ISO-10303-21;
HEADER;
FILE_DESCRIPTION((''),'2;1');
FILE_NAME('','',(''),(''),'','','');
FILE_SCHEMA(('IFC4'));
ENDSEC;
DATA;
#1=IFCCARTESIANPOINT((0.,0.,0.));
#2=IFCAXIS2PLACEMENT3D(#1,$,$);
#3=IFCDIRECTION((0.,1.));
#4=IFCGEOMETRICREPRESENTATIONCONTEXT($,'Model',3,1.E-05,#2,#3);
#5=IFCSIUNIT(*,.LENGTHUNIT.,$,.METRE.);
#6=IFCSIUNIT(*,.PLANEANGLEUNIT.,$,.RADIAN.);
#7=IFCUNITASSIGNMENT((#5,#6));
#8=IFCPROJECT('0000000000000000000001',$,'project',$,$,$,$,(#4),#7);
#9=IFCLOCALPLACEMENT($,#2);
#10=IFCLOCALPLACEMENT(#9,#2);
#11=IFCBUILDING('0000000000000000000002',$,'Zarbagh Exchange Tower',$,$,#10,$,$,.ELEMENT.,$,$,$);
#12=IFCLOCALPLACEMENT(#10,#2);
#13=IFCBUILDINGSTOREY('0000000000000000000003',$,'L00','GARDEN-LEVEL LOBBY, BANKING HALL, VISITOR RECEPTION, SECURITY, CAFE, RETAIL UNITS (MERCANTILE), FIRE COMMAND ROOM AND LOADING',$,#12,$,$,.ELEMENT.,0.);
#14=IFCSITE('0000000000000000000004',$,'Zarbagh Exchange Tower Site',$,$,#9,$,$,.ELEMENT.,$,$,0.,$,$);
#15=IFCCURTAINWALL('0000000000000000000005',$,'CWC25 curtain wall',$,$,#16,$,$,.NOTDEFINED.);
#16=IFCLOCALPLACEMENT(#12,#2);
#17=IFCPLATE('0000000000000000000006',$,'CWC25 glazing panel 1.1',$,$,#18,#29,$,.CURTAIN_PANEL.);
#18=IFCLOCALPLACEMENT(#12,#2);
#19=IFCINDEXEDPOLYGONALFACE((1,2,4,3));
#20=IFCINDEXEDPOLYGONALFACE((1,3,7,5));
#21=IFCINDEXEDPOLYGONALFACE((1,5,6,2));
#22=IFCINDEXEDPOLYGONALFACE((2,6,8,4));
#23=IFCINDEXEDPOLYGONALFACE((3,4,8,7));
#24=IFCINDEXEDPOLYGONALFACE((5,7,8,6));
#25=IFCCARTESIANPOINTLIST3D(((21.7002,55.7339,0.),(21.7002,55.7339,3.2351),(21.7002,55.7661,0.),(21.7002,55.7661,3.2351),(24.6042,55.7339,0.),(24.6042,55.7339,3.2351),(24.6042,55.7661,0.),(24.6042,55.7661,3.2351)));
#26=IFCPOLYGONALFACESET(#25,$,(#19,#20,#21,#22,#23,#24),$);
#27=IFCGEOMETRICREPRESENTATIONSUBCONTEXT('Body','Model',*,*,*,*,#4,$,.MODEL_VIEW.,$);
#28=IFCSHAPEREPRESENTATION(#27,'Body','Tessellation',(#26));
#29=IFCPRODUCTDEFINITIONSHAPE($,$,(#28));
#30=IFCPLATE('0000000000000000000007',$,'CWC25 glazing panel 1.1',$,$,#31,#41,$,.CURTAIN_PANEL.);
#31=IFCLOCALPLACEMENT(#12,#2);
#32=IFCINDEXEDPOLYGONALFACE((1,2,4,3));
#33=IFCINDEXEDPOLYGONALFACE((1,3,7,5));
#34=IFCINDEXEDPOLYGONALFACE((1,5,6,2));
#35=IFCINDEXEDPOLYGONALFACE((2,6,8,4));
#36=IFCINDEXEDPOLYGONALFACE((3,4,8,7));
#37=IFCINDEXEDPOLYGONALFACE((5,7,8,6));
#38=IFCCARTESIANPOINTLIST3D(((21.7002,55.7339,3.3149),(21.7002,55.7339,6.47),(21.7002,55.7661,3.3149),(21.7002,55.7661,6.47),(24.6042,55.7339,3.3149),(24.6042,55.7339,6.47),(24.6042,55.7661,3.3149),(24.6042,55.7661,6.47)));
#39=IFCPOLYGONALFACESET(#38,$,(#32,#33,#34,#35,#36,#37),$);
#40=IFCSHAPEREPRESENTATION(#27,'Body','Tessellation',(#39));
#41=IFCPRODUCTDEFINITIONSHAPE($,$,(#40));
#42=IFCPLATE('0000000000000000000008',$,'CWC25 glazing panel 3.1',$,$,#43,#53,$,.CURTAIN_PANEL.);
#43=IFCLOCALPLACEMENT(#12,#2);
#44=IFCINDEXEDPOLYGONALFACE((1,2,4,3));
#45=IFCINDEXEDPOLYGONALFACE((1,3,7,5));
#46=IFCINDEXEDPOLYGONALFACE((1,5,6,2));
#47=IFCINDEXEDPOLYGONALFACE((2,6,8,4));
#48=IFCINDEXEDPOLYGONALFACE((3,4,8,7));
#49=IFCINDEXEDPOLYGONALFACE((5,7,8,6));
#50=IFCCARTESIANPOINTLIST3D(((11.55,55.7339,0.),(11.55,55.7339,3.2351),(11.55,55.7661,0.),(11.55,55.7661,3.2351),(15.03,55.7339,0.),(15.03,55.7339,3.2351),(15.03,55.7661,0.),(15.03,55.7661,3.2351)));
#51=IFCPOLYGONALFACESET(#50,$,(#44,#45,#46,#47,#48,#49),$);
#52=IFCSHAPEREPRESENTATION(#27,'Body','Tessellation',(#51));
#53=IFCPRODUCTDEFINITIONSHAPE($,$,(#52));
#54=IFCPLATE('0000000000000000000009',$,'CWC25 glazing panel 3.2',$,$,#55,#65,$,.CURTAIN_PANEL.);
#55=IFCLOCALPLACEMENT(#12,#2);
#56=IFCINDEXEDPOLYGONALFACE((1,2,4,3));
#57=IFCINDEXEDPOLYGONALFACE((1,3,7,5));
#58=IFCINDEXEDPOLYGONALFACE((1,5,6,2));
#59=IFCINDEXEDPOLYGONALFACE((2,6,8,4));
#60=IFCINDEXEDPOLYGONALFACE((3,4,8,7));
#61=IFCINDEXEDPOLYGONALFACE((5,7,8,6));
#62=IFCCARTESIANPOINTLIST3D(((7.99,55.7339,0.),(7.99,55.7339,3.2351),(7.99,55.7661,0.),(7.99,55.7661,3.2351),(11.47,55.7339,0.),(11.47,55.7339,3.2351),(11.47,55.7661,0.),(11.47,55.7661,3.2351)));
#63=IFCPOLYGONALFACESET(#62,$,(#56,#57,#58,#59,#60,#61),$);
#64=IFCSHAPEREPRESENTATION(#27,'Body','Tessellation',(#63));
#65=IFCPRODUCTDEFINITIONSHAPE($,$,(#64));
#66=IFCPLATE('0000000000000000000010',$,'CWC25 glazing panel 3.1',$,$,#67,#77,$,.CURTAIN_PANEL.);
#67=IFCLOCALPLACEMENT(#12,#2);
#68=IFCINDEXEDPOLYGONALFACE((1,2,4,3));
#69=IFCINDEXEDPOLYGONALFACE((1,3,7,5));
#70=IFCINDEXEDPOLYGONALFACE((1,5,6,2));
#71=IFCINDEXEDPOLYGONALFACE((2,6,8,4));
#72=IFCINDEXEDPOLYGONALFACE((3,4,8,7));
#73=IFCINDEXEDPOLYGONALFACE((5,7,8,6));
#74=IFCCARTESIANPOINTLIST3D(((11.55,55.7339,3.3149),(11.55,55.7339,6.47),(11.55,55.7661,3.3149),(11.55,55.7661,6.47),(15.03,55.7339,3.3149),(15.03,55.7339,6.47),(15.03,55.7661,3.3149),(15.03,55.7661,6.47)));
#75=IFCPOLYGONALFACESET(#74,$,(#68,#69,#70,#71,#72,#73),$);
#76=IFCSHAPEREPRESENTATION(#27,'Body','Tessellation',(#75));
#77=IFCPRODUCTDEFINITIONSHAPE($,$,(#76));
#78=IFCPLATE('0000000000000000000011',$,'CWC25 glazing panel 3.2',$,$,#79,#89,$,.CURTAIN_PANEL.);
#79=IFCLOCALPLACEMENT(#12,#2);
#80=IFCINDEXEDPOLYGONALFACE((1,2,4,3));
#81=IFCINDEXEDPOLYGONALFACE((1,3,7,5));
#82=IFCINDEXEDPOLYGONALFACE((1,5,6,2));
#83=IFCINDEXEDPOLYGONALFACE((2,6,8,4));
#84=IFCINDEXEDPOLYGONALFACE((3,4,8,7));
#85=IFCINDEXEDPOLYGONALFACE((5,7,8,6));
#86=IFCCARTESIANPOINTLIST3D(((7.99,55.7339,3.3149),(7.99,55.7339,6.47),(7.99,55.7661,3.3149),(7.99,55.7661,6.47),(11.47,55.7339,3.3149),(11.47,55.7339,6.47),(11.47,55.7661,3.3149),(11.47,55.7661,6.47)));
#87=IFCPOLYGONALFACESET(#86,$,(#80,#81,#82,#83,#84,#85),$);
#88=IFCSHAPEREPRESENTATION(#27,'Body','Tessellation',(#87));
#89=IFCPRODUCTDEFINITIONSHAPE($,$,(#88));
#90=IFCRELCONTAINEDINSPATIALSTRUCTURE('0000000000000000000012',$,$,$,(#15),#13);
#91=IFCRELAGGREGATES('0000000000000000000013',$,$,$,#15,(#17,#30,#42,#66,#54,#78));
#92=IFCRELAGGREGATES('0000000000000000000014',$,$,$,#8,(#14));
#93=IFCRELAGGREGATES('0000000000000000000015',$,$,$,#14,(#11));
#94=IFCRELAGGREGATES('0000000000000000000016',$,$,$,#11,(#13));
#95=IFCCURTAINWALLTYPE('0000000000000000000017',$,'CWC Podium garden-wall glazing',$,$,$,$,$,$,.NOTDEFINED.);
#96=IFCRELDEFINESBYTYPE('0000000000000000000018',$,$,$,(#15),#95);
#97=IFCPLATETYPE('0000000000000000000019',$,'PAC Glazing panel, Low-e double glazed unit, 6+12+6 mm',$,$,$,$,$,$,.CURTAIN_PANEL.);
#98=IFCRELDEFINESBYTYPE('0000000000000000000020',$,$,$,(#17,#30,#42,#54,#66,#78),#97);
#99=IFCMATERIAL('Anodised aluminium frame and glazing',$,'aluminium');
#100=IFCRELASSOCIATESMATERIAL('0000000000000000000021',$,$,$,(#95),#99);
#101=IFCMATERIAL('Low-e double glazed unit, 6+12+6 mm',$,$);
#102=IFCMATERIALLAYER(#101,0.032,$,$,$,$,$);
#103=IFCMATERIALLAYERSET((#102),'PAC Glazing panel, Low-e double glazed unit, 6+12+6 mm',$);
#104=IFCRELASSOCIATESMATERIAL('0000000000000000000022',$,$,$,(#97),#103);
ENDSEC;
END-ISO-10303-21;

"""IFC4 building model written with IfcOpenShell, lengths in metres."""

from ifc_helpers import new_model, si_unit, direction, origin, place, context, subcontext, project, spatial, polyline, outline, extrude, source, transform, mapped, material, layer, layer_set, type_object, element, aggregate, save


model = new_model("IFC4")

# Units and contexts
model_context = context("Model", 3, precision=1e-05, world=origin(), true_north=direction((0.0, 1.0)))
body_context = subcontext(model_context, "Body", "Model", "MODEL_VIEW")
ifc_project = project(units=[si_unit("LENGTHUNIT", "METRE"), si_unit("PLANEANGLEUNIT", "RADIAN")], contexts=[model_context])

# Site, building, storey
site_placement = place(None, origin())
site = spatial("IfcSite", under=ifc_project, at=site_placement, Name="Zarbagh Exchange Tower Site", CompositionType="ELEMENT", RefElevation=0.0)
building_placement = place(site_placement, origin())
building = spatial("IfcBuilding", under=site, at=building_placement, Name="Zarbagh Exchange Tower", CompositionType="ELEMENT")
storey_placement = place(building_placement, origin())
storey = spatial("IfcBuildingStorey", under=building, at=storey_placement, Name="L00", Description="GARDEN-LEVEL LOBBY, BANKING HALL, VISITOR RECEPTION, SECURITY, CAFE, RETAIL UNITS (MERCANTILE), FIRE COMMAND ROOM AND LOADING", CompositionType="ELEMENT", Elevation=0.0)

# Curtain wall
ifc_material_1 = material(Name="Anodised aluminium frame and glazing", Category="aluminium")
curtain_wall_type = type_object("IfcCurtainWallType", Name="CWC Podium garden-wall glazing", PredefinedType="NOTDEFINED", material=ifc_material_1)
curtain_wall_1_placement = place(storey_placement, origin())
curtain_wall_1 = element("IfcCurtainWall", 1, at=curtain_wall_1_placement, inside=storey, type_object=curtain_wall_type, Name="CWC25 curtain wall", PredefinedType="NOTDEFINED")
placement = place(storey_placement, origin())

# Plates
ifc_material_2 = material(Name="Low-e double glazed unit, 6+12+6 mm")
ifc_layer = layer(ifc_material_2, 0.032)
ifc_layer_set = layer_set([ifc_layer], Name="PAC Glazing panel, Low-e double glazed unit, 6+12+6 mm")
plate_type = type_object("IfcPlateType", Name="PAC Glazing panel, Low-e double glazed unit, 6+12+6 mm", PredefinedType="CURTAIN_PANEL", material=ifc_layer_set)
shared_shape_1 = source(origin(), body_context, "Body", "SweptSolid", [
    extrude(outline(polyline([(0.0, -0.0161), (2.9041, -0.0161), (2.9041, 0.0161), (0.0, 0.0161), (0.0, -0.0161)])), origin(), (0.0, 0.0, 1.0), 3.2351),
])
plate_1 = element("IfcPlate", 2, at=placement, type_object=plate_type, Name="CWC25 glazing panel 1.1", PredefinedType="CURTAIN_PANEL", context=body_context, shape_type="MappedRepresentation", body=[
    mapped(shared_shape_1, transform((24.6042, 55.75, 0.0), x_axis=(-1.0, 0.0, 0.0), y_axis=(0.0, -1.0, 0.0), z_axis=(0.0, 0.0, 1.0))),
])
shared_shape_2 = source(origin(), body_context, "Body", "SweptSolid", [
    extrude(outline(polyline([(0.0, -0.0161), (2.9041, -0.0161), (2.9041, 0.0161), (0.0, 0.0161), (0.0, -0.0161)])), origin(), (0.0, 0.0, 1.0), 3.155),
])
plate_2 = element("IfcPlate", 3, at=placement, type_object=plate_type, Name="CWC25 glazing panel 1.1", PredefinedType="CURTAIN_PANEL", context=body_context, shape_type="MappedRepresentation", body=[
    mapped(shared_shape_2, transform((24.6042, 55.75, 3.3149), x_axis=(-1.0, 0.0, 0.0), y_axis=(0.0, -1.0, 0.0), z_axis=(0.0, 0.0, 1.0))),
])
shared_shape_3 = source(origin(), body_context, "Body", "SweptSolid", [
    extrude(outline(polyline([(0.0, -0.0161), (3.48, -0.0161), (3.48, 0.0161), (0.0, 0.0161), (0.0, -0.0161)])), origin(), (0.0, 0.0, 1.0), 3.2351),
])
plate_3 = element("IfcPlate", 4, at=placement, type_object=plate_type, Name="CWC25 glazing panel 3.1", PredefinedType="CURTAIN_PANEL", context=body_context, shape_type="MappedRepresentation", body=[
    mapped(shared_shape_3, transform((15.03, 55.75, 0.0), x_axis=(-1.0, 0.0, 0.0), y_axis=(0.0, -1.0, 0.0), z_axis=(0.0, 0.0, 1.0))),
])
plate_4 = element("IfcPlate", 5, at=placement, type_object=plate_type, Name="CWC25 glazing panel 3.2", PredefinedType="CURTAIN_PANEL", context=body_context, shape_type="MappedRepresentation", body=[
    mapped(shared_shape_3, transform((11.47, 55.75, 0.0), x_axis=(-1.0, 0.0, 0.0), y_axis=(0.0, -1.0, 0.0), z_axis=(0.0, 0.0, 1.0))),
])
shared_shape_4 = source(origin(), body_context, "Body", "SweptSolid", [
    extrude(outline(polyline([(0.0, -0.0161), (3.48, -0.0161), (3.48, 0.0161), (0.0, 0.0161), (0.0, -0.0161)])), origin(), (0.0, 0.0, 1.0), 3.155),
])
plate_5 = element("IfcPlate", 6, at=placement, type_object=plate_type, Name="CWC25 glazing panel 3.1", PredefinedType="CURTAIN_PANEL", context=body_context, shape_type="MappedRepresentation", body=[
    mapped(shared_shape_4, transform((15.03, 55.75, 3.3149), x_axis=(-1.0, 0.0, 0.0), y_axis=(0.0, -1.0, 0.0), z_axis=(0.0, 0.0, 1.0))),
])
plate_6 = element("IfcPlate", 7, at=placement, type_object=plate_type, Name="CWC25 glazing panel 3.2", PredefinedType="CURTAIN_PANEL", context=body_context, shape_type="MappedRepresentation", body=[
    mapped(shared_shape_4, transform((11.47, 55.75, 3.3149), x_axis=(-1.0, 0.0, 0.0), y_axis=(0.0, -1.0, 0.0), z_axis=(0.0, 0.0, 1.0))),
])
aggregate(curtain_wall_1, [plate_1, plate_2, plate_3, plate_5, plate_4, plate_6])

save(model, "model.ifc")
